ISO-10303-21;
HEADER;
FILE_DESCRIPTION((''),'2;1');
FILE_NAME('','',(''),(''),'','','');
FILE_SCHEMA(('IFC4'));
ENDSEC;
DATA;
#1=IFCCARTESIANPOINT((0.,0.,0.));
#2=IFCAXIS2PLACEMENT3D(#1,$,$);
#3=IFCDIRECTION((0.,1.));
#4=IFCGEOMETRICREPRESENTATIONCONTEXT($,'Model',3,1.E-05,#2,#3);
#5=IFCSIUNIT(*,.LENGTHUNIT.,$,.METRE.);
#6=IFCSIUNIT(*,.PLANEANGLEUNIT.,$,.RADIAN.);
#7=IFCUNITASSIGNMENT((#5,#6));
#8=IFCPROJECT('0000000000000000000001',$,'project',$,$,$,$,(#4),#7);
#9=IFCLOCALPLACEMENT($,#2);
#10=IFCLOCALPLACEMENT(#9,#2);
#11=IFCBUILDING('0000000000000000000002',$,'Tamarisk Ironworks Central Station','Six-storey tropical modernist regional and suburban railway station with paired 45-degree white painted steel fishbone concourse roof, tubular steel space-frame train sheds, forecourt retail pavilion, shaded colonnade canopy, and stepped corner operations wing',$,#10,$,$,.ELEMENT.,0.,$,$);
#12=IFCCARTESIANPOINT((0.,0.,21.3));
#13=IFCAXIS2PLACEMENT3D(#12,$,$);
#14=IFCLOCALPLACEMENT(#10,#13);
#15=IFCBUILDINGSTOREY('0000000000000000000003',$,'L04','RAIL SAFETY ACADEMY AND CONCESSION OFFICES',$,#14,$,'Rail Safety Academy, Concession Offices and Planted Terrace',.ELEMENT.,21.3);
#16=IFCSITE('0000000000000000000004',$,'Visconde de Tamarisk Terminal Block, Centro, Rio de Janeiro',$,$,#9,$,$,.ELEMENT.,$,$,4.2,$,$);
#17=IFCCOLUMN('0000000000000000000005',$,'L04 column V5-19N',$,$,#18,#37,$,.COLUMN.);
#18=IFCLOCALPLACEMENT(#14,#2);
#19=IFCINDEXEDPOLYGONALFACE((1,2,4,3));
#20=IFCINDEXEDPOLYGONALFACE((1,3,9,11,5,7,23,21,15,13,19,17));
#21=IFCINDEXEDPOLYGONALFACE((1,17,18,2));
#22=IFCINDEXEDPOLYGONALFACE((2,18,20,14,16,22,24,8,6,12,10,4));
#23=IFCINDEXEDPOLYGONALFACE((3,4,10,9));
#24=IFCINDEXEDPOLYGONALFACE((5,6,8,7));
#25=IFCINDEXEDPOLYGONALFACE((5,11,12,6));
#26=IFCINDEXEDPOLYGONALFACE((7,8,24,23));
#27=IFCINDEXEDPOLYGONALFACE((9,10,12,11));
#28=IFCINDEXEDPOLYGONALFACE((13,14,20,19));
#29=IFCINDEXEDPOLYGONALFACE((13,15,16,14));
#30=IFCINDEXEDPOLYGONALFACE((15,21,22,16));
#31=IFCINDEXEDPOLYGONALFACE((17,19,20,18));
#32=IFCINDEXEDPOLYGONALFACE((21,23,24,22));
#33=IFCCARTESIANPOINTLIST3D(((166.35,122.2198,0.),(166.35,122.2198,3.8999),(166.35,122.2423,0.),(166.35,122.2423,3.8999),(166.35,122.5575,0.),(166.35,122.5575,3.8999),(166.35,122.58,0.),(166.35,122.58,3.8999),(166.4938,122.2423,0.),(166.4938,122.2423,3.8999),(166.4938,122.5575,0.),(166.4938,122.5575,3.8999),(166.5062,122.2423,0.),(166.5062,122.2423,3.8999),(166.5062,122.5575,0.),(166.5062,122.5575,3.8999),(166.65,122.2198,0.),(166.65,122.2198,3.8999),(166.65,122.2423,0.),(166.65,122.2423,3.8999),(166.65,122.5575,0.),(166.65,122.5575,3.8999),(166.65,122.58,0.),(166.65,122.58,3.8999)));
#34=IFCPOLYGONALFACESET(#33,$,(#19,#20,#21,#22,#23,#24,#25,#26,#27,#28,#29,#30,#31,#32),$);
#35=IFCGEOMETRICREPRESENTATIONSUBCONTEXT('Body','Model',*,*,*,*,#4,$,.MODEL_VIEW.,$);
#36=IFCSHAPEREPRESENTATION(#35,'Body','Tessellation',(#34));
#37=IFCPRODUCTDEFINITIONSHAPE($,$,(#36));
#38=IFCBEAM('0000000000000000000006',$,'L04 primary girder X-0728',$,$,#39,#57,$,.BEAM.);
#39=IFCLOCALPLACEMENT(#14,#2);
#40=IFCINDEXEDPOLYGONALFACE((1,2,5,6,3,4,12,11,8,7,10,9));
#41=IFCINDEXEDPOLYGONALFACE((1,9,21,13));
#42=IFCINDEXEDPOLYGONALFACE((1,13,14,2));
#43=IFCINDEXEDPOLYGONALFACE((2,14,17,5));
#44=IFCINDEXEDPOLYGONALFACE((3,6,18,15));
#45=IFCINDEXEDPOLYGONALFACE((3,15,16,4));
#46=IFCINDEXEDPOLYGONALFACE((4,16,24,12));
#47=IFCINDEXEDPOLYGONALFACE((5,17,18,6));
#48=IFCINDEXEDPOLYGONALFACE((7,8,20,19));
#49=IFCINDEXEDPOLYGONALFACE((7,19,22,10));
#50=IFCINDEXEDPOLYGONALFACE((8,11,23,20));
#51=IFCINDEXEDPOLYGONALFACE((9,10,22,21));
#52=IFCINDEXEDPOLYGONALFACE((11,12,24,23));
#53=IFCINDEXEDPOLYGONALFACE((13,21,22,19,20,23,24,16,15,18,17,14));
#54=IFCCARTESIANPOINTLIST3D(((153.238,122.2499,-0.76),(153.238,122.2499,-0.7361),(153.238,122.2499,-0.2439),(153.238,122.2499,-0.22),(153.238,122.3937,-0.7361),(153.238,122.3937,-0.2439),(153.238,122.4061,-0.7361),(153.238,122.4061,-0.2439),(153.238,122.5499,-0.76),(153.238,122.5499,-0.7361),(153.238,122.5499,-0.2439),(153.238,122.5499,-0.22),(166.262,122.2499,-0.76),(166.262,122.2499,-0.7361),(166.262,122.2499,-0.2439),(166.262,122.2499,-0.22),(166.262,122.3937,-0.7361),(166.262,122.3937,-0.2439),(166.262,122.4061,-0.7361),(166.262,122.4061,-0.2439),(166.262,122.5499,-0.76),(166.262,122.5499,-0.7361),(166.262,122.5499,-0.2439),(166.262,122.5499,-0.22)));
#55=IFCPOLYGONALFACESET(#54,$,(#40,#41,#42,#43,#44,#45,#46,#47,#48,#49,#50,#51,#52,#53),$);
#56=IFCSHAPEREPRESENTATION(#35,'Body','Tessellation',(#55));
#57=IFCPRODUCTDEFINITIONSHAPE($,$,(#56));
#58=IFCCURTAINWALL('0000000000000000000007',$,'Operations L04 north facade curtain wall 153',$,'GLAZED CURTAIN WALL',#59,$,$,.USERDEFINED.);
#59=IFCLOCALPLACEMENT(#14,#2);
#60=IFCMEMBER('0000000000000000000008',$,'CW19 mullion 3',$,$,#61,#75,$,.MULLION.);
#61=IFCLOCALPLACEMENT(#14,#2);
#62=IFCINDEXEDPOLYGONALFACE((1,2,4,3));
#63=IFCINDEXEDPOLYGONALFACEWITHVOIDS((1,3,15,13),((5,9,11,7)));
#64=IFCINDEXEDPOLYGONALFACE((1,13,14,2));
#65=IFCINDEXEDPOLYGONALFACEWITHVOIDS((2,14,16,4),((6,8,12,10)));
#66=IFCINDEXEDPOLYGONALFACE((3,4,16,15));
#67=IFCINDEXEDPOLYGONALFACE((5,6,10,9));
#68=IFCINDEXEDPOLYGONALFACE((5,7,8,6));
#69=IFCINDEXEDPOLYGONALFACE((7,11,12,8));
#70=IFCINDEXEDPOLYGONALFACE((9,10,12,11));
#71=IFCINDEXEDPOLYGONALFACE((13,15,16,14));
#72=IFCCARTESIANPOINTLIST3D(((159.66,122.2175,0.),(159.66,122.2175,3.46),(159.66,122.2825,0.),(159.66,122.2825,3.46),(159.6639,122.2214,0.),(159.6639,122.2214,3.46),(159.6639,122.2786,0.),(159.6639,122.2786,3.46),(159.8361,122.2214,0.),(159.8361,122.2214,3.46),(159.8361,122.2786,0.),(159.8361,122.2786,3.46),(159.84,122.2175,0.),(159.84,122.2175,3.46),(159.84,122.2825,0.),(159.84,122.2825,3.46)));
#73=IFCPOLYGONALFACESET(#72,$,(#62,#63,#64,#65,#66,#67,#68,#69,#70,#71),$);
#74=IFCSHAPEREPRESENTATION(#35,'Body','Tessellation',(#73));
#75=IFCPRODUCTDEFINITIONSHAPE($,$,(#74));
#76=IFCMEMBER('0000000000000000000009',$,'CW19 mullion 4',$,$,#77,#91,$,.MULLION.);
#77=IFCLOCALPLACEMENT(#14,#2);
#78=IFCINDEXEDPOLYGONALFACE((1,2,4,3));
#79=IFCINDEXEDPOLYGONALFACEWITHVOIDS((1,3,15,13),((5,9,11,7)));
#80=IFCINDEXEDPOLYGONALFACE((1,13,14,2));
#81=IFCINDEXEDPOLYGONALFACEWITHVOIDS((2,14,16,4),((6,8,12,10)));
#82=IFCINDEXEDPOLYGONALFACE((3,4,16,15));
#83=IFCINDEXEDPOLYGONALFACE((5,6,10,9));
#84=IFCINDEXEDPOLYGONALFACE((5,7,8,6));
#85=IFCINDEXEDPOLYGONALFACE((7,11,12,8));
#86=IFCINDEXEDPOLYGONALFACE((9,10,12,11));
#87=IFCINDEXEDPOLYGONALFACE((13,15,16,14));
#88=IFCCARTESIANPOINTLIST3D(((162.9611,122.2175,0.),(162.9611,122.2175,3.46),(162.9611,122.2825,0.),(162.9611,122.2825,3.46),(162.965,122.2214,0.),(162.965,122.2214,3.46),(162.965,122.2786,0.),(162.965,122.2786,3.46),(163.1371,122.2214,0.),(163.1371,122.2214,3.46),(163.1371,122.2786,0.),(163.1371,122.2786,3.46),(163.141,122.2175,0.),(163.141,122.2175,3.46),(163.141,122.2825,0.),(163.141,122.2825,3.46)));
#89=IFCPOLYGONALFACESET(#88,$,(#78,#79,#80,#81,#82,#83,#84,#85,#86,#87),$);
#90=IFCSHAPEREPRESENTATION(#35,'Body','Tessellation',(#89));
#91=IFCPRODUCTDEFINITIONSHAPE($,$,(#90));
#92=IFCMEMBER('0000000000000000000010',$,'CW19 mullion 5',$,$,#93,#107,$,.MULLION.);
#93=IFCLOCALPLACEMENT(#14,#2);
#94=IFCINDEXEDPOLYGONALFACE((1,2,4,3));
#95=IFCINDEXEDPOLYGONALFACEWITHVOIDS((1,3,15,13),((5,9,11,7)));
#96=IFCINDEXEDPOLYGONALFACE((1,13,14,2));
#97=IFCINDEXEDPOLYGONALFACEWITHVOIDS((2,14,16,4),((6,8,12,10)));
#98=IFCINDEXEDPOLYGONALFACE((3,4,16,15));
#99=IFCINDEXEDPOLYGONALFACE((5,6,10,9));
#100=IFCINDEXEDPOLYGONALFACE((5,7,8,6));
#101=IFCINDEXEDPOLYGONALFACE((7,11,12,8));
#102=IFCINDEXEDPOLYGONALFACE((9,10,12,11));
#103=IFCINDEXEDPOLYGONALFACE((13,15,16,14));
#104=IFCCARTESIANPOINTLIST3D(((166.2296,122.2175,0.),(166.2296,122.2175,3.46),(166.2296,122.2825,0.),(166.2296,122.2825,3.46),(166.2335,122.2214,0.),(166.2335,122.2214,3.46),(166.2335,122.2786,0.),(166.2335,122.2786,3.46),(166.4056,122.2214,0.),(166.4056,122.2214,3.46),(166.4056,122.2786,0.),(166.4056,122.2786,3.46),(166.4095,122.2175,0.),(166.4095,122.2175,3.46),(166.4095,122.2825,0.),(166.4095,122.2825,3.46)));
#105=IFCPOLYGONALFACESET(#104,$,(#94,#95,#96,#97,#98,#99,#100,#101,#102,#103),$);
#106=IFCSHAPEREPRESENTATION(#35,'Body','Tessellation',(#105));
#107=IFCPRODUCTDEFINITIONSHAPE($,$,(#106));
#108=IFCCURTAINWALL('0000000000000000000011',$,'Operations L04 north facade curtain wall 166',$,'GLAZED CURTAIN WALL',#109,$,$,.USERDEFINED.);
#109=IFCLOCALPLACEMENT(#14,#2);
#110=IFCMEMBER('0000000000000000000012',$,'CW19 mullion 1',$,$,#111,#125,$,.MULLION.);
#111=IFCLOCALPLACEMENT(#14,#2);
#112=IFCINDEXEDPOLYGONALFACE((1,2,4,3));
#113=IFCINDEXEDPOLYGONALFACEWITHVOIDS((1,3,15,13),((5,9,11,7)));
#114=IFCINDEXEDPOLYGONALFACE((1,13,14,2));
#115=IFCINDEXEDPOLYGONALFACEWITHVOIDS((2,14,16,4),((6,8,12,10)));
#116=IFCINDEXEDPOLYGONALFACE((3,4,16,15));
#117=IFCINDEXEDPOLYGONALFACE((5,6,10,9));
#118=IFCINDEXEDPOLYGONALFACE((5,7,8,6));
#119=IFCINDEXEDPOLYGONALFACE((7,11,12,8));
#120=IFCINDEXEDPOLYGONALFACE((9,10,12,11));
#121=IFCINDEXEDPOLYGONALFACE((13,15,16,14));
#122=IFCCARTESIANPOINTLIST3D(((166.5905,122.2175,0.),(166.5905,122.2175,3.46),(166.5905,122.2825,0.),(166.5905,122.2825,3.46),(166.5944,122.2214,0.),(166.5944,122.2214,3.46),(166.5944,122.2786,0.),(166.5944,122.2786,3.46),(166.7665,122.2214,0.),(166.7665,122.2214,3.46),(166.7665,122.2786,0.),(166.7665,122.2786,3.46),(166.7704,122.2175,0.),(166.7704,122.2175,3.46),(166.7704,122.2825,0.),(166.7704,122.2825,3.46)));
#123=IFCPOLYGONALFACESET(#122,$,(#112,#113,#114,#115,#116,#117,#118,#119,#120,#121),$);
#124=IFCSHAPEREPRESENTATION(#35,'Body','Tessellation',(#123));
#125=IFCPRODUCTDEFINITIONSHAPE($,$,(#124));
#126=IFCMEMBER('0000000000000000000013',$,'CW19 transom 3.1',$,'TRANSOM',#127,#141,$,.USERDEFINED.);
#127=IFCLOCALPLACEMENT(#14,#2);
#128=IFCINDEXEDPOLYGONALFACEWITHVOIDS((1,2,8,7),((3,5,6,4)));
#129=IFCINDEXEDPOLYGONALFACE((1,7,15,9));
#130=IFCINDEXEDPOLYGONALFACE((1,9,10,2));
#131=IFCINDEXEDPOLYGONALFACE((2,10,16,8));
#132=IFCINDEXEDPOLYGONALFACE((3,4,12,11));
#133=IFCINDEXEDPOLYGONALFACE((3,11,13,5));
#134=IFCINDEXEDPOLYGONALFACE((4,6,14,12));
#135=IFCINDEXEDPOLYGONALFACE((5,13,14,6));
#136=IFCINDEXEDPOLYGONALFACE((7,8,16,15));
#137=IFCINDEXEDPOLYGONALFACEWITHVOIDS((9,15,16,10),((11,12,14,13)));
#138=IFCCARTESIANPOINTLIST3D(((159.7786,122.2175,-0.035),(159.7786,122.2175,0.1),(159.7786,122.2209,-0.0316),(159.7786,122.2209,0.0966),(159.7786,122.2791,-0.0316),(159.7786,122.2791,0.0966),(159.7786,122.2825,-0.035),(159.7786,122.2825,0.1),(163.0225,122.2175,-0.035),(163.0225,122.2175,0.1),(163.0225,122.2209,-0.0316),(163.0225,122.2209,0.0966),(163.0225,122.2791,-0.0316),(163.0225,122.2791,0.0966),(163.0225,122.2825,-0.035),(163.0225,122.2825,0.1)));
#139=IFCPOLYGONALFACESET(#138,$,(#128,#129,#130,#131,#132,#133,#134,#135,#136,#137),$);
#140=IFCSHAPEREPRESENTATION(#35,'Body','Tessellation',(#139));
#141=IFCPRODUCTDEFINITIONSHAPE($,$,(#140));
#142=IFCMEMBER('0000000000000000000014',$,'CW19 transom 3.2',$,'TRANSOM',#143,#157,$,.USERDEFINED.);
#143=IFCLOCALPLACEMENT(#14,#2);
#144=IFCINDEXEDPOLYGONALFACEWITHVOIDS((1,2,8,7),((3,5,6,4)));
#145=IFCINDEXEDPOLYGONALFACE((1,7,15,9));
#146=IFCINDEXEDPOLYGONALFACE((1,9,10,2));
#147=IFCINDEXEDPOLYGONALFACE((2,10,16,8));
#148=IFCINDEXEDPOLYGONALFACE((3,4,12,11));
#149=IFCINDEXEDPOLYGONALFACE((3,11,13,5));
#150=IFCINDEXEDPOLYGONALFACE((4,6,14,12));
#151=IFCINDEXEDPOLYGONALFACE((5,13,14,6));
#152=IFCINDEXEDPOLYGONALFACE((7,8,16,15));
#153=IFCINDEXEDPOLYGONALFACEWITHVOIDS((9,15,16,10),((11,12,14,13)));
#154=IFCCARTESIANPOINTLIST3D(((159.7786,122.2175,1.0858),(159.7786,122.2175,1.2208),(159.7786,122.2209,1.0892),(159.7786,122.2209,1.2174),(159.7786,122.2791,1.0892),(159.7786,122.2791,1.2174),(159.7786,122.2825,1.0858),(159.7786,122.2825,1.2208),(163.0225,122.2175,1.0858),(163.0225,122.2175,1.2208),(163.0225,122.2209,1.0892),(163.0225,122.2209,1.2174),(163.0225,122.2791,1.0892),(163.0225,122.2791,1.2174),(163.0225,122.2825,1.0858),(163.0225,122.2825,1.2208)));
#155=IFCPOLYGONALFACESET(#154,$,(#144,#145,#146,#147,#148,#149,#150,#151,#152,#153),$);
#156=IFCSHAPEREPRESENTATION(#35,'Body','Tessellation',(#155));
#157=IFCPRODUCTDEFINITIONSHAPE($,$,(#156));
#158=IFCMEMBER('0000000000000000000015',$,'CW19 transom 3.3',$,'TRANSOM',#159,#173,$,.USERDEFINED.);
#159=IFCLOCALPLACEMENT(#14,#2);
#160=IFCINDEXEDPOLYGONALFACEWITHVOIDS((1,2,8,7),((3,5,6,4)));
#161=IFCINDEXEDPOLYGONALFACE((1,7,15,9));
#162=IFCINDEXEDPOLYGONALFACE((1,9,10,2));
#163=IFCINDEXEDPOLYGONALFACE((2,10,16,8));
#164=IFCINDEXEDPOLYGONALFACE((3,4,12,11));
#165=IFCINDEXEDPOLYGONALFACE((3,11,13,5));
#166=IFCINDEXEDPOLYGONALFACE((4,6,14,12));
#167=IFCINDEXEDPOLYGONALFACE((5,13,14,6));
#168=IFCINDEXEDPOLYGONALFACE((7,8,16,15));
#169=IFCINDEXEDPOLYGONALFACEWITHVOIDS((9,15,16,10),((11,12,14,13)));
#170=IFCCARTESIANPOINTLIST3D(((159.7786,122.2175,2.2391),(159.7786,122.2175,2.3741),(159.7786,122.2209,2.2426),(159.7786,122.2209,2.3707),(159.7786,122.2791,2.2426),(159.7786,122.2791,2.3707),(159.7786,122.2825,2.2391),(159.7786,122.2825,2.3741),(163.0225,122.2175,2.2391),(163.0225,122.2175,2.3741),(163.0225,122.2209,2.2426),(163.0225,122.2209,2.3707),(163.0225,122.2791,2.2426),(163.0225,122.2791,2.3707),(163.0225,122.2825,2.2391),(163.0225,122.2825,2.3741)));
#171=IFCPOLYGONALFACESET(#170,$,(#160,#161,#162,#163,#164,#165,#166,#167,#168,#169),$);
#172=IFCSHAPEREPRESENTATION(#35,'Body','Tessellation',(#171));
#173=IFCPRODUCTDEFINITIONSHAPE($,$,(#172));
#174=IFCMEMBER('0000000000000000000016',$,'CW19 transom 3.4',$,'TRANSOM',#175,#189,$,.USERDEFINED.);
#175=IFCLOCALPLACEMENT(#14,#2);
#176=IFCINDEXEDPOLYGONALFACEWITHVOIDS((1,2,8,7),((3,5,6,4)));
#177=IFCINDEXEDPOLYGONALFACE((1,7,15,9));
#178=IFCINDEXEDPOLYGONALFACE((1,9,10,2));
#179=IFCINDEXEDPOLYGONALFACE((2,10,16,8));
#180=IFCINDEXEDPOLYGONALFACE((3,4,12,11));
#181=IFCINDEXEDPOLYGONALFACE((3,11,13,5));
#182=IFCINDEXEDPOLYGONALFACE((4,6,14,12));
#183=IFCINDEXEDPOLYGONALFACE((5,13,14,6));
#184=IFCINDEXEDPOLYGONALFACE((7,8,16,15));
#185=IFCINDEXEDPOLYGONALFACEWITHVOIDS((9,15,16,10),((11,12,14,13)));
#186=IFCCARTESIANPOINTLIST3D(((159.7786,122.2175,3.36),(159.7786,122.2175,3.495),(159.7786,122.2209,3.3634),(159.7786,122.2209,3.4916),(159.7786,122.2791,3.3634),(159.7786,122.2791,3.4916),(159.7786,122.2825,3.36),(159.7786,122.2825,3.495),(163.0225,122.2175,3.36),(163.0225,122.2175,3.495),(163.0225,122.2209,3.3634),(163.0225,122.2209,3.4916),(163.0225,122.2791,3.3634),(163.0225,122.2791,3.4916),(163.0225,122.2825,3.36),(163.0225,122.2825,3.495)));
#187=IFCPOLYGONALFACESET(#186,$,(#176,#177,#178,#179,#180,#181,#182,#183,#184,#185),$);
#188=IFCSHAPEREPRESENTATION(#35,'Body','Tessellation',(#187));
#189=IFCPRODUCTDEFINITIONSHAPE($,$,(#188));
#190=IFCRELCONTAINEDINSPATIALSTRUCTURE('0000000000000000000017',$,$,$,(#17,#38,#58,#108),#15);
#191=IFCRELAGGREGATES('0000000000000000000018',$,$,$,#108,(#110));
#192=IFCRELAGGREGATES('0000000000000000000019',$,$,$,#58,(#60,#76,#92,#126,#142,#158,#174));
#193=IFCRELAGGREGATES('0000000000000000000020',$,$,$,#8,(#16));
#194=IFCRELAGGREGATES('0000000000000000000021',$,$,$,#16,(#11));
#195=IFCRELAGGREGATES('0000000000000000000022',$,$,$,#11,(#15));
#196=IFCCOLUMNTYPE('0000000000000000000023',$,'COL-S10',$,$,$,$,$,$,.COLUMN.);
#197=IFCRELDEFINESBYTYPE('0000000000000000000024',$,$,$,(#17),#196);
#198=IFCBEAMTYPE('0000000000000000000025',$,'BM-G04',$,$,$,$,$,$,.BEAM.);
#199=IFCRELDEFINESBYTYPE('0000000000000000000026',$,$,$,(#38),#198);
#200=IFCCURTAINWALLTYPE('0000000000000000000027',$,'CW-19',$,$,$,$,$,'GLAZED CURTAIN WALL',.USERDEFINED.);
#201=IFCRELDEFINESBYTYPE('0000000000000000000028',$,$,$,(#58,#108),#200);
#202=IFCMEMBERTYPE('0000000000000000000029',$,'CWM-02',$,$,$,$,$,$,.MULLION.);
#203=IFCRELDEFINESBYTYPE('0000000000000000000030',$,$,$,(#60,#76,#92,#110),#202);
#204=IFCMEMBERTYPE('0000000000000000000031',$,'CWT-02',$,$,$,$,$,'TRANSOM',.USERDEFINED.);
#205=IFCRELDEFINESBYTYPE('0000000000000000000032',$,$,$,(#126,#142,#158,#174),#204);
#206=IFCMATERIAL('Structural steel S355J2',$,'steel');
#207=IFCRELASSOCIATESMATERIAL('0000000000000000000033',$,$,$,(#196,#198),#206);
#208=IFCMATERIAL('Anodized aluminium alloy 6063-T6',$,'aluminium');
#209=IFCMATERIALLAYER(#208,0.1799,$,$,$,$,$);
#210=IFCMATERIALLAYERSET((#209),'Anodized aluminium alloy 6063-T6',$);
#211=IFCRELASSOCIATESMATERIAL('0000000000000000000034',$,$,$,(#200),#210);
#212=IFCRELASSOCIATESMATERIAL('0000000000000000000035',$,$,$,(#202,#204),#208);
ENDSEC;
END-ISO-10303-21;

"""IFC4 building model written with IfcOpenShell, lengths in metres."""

from ifc_helpers import new_model, si_unit, direction, frame, origin, origin_2d, place, context, subcontext, project, spatial, hollow_rectangle, i_section, extrude, material, layer, layer_set, material_profile, profile_set, type_object, element, aggregate, save


model = new_model("IFC4")

# Units and contexts
model_context = context("Model", 3, precision=1e-05, world=origin(), true_north=direction((0.0, 1.0)))
body_context = subcontext(model_context, "Body", "Model", "MODEL_VIEW")
ifc_project = project(units=[si_unit("LENGTHUNIT", "METRE"), si_unit("PLANEANGLEUNIT", "RADIAN")], contexts=[model_context])

# Site, building, storey
site_placement = place(None, origin())
site = spatial("IfcSite", under=ifc_project, at=site_placement, Name="Visconde de Tamarisk Terminal Block, Centro, Rio de Janeiro", CompositionType="ELEMENT", RefElevation=4.2)
building_placement = place(site_placement, origin())
building = spatial("IfcBuilding", under=site, at=building_placement, Name="Tamarisk Ironworks Central Station", Description="Six-storey tropical modernist regional and suburban railway station with paired 45-degree white painted steel fishbone concourse roof, tubular steel space-frame train sheds, forecourt retail pavilion, shaded colonnade canopy, and stepped corner operations wing", CompositionType="ELEMENT", ElevationOfRefHeight=0.0)
storey_placement = place(building_placement, frame((0.0, 0.0, 21.3)))
storey = spatial("IfcBuildingStorey", under=building, at=storey_placement, Name="L04", Description="RAIL SAFETY ACADEMY AND CONCESSION OFFICES", LongName="Rail Safety Academy, Concession Offices and Planted Terrace", CompositionType="ELEMENT", Elevation=21.3)

# Column
ifc_material_1 = material(Name="Structural steel S355J2", Category="steel")
ifc_material_profile_1 = material_profile(ifc_material_1, i_section(OverallWidth=0.3, OverallDepth=0.3601, WebThickness=0.0125, FlangeThickness=0.0225, at=origin_2d()), Name="HEB 360")
ifc_profile_set_1 = profile_set([ifc_material_profile_1], Name="Structural steel S355J2")
column_type = type_object("IfcColumnType", Name="COL-S10", PredefinedType="COLUMN", material=ifc_profile_set_1)
column_placement = place(storey_placement, frame((166.5, 122.3999, 0.0), z_axis=(0.0, 0.0, 1.0), x_axis=(1.0, 0.0, 0.0)))
element("IfcColumn", 1, at=column_placement, inside=storey, type_object=column_type, Name="L04 column V5-19N", PredefinedType="COLUMN", context=body_context, shape_type="SweptSolid", body=[
    extrude(i_section(OverallWidth=0.3, OverallDepth=0.3601, WebThickness=0.0125, FlangeThickness=0.0225, at=origin_2d()), origin(), (0.0, 0.0, 1.0), 3.8999),
])

# Beam
ifc_material_profile_2 = material_profile(ifc_material_1, i_section(OverallWidth=0.3, OverallDepth=0.54, WebThickness=0.0125, FlangeThickness=0.0239, at=origin_2d()), Name="HEA 550")
ifc_profile_set_2 = profile_set([ifc_material_profile_2], Name="Structural steel S355J2")
beam_type = type_object("IfcBeamType", Name="BM-G04", PredefinedType="BEAM", material=ifc_profile_set_2)
beam_placement = place(storey_placement, frame((153.238, 122.3999, -0.49), z_axis=(1.0, 0.0, 0.0), x_axis=(0.0, 1.0, 0.0)))
element("IfcBeam", 2, at=beam_placement, inside=storey, type_object=beam_type, Name="L04 primary girder X-0728", PredefinedType="BEAM", context=body_context, shape_type="SweptSolid", body=[
    extrude(i_section(OverallWidth=0.3, OverallDepth=0.54, WebThickness=0.0125, FlangeThickness=0.0239, at=origin_2d()), origin(), (0.0, 0.0, 1.0), 13.0239),
])

# Curtain wall, members
ifc_material_2 = material(Name="Anodized aluminium alloy 6063-T6", Category="aluminium")
ifc_layer_1 = layer(ifc_material_2, 0.1799)
ifc_layer_set_1 = layer_set([ifc_layer_1], Name="Anodized aluminium alloy 6063-T6")
curtain_wall_type = type_object("IfcCurtainWallType", Name="CW-19", ElementType="GLAZED CURTAIN WALL", PredefinedType="USERDEFINED", material=ifc_layer_set_1)
curtain_wall_1_placement = place(storey_placement, origin())
curtain_wall_1 = element("IfcCurtainWall", 3, at=curtain_wall_1_placement, inside=storey, type_object=curtain_wall_type, Name="Operations L04 north facade curtain wall 153", ObjectType="GLAZED CURTAIN WALL", PredefinedType="USERDEFINED")
ifc_material_profile_3 = material_profile(ifc_material_2, hollow_rectangle(XDim=0.0649, YDim=0.1799, WallThickness=0.0039, at=origin_2d()), Name="ALUM 180x65")
ifc_profile_set_3 = profile_set([ifc_material_profile_3], Name="Anodized aluminium alloy 6063-T6")
member_type_1 = type_object("IfcMemberType", Name="CWM-02", PredefinedType="MULLION", material=ifc_profile_set_3)
member_1_placement = place(storey_placement, frame((159.75, 122.25, 0.0), z_axis=(0.0, 0.0, 1.0), x_axis=(0.0, 1.0, 0.0)))
member_1 = element("IfcMember", 4, at=member_1_placement, type_object=member_type_1, Name="CW19 mullion 3", PredefinedType="MULLION", context=body_context, shape_type="SweptSolid", body=[
    extrude(hollow_rectangle(XDim=0.0649, YDim=0.1799, WallThickness=0.0039, at=origin_2d()), origin(), (0.0, 0.0, 1.0), 3.46),
])
member_2_placement = place(storey_placement, frame((163.051, 122.25, 0.0), z_axis=(0.0, 0.0, 1.0), x_axis=(0.0, 1.0, 0.0)))
member_2 = element("IfcMember", 5, at=member_2_placement, type_object=member_type_1, Name="CW19 mullion 4", PredefinedType="MULLION", context=body_context, shape_type="SweptSolid", body=[
    extrude(hollow_rectangle(XDim=0.0649, YDim=0.1799, WallThickness=0.0039, at=origin_2d()), origin(), (0.0, 0.0, 1.0), 3.46),
])
member_3_placement = place(storey_placement, frame((166.3196, 122.25, 0.0), z_axis=(0.0, 0.0, 1.0), x_axis=(0.0, 1.0, 0.0)))
member_3 = element("IfcMember", 6, at=member_3_placement, type_object=member_type_1, Name="CW19 mullion 5", PredefinedType="MULLION", context=body_context, shape_type="SweptSolid", body=[
    extrude(hollow_rectangle(XDim=0.0649, YDim=0.1799, WallThickness=0.0039, at=origin_2d()), origin(), (0.0, 0.0, 1.0), 3.46),
])

# Curtain wall, member
curtain_wall_2_placement = place(storey_placement, origin())
curtain_wall_2 = element("IfcCurtainWall", 7, at=curtain_wall_2_placement, inside=storey, type_object=curtain_wall_type, Name="Operations L04 north facade curtain wall 166", ObjectType="GLAZED CURTAIN WALL", PredefinedType="USERDEFINED")
member_4_placement = place(storey_placement, frame((166.6804, 122.25, 0.0), z_axis=(0.0, 0.0, 1.0), x_axis=(0.0, 1.0, 0.0)))
member_4 = element("IfcMember", 8, at=member_4_placement, type_object=member_type_1, Name="CW19 mullion 1", PredefinedType="MULLION", context=body_context, shape_type="SweptSolid", body=[
    extrude(hollow_rectangle(XDim=0.0649, YDim=0.1799, WallThickness=0.0039, at=origin_2d()), origin(), (0.0, 0.0, 1.0), 3.46),
])

# Members
ifc_material_profile_4 = material_profile(ifc_material_2, hollow_rectangle(XDim=0.0649, YDim=0.135, WallThickness=0.0034, at=origin_2d()), Name="ALUM 135x65")
ifc_profile_set_4 = profile_set([ifc_material_profile_4], Name="Anodized aluminium alloy 6063-T6")
member_type_2 = type_object("IfcMemberType", Name="CWT-02", ElementType="TRANSOM", PredefinedType="USERDEFINED", material=ifc_profile_set_4)
member_5_placement = place(storey_placement, frame((159.7786, 122.25, 0.0325), z_axis=(1.0, 0.0, 0.0), x_axis=(0.0, 1.0, 0.0)))
member_5 = element("IfcMember", 9, at=member_5_placement, type_object=member_type_2, Name="CW19 transom 3.1", ObjectType="TRANSOM", PredefinedType="USERDEFINED", context=body_context, shape_type="SweptSolid", body=[
    extrude(hollow_rectangle(XDim=0.0649, YDim=0.135, WallThickness=0.0034, at=origin_2d()), origin(), (0.0, 0.0, 1.0), 3.2439),
])
member_6_placement = place(storey_placement, frame((159.7786, 122.25, 1.1533), z_axis=(1.0, 0.0, 0.0), x_axis=(0.0, 1.0, 0.0)))
member_6 = element("IfcMember", 10, at=member_6_placement, type_object=member_type_2, Name="CW19 transom 3.2", ObjectType="TRANSOM", PredefinedType="USERDEFINED", context=body_context, shape_type="SweptSolid", body=[
    extrude(hollow_rectangle(XDim=0.0649, YDim=0.135, WallThickness=0.0034, at=origin_2d()), origin(), (0.0, 0.0, 1.0), 3.2439),
])
member_7_placement = place(storey_placement, frame((159.7786, 122.25, 2.3066), z_axis=(1.0, 0.0, 0.0), x_axis=(0.0, 1.0, 0.0)))
member_7 = element("IfcMember", 11, at=member_7_placement, type_object=member_type_2, Name="CW19 transom 3.3", ObjectType="TRANSOM", PredefinedType="USERDEFINED", context=body_context, shape_type="SweptSolid", body=[
    extrude(hollow_rectangle(XDim=0.0649, YDim=0.135, WallThickness=0.0034, at=origin_2d()), origin(), (0.0, 0.0, 1.0), 3.2439),
])
member_8_placement = place(storey_placement, frame((159.7786, 122.25, 3.4275), z_axis=(1.0, 0.0, 0.0), x_axis=(0.0, 1.0, 0.0)))
member_8 = element("IfcMember", 12, at=member_8_placement, type_object=member_type_2, Name="CW19 transom 3.4", ObjectType="TRANSOM", PredefinedType="USERDEFINED", context=body_context, shape_type="SweptSolid", body=[
    extrude(hollow_rectangle(XDim=0.0649, YDim=0.135, WallThickness=0.0034, at=origin_2d()), origin(), (0.0, 0.0, 1.0), 3.2439),
])
aggregate(curtain_wall_2, [member_4])

aggregate(curtain_wall_1, [member_1, member_2, member_3, member_5, member_6, member_7, member_8])

save(model, "model.ifc")
